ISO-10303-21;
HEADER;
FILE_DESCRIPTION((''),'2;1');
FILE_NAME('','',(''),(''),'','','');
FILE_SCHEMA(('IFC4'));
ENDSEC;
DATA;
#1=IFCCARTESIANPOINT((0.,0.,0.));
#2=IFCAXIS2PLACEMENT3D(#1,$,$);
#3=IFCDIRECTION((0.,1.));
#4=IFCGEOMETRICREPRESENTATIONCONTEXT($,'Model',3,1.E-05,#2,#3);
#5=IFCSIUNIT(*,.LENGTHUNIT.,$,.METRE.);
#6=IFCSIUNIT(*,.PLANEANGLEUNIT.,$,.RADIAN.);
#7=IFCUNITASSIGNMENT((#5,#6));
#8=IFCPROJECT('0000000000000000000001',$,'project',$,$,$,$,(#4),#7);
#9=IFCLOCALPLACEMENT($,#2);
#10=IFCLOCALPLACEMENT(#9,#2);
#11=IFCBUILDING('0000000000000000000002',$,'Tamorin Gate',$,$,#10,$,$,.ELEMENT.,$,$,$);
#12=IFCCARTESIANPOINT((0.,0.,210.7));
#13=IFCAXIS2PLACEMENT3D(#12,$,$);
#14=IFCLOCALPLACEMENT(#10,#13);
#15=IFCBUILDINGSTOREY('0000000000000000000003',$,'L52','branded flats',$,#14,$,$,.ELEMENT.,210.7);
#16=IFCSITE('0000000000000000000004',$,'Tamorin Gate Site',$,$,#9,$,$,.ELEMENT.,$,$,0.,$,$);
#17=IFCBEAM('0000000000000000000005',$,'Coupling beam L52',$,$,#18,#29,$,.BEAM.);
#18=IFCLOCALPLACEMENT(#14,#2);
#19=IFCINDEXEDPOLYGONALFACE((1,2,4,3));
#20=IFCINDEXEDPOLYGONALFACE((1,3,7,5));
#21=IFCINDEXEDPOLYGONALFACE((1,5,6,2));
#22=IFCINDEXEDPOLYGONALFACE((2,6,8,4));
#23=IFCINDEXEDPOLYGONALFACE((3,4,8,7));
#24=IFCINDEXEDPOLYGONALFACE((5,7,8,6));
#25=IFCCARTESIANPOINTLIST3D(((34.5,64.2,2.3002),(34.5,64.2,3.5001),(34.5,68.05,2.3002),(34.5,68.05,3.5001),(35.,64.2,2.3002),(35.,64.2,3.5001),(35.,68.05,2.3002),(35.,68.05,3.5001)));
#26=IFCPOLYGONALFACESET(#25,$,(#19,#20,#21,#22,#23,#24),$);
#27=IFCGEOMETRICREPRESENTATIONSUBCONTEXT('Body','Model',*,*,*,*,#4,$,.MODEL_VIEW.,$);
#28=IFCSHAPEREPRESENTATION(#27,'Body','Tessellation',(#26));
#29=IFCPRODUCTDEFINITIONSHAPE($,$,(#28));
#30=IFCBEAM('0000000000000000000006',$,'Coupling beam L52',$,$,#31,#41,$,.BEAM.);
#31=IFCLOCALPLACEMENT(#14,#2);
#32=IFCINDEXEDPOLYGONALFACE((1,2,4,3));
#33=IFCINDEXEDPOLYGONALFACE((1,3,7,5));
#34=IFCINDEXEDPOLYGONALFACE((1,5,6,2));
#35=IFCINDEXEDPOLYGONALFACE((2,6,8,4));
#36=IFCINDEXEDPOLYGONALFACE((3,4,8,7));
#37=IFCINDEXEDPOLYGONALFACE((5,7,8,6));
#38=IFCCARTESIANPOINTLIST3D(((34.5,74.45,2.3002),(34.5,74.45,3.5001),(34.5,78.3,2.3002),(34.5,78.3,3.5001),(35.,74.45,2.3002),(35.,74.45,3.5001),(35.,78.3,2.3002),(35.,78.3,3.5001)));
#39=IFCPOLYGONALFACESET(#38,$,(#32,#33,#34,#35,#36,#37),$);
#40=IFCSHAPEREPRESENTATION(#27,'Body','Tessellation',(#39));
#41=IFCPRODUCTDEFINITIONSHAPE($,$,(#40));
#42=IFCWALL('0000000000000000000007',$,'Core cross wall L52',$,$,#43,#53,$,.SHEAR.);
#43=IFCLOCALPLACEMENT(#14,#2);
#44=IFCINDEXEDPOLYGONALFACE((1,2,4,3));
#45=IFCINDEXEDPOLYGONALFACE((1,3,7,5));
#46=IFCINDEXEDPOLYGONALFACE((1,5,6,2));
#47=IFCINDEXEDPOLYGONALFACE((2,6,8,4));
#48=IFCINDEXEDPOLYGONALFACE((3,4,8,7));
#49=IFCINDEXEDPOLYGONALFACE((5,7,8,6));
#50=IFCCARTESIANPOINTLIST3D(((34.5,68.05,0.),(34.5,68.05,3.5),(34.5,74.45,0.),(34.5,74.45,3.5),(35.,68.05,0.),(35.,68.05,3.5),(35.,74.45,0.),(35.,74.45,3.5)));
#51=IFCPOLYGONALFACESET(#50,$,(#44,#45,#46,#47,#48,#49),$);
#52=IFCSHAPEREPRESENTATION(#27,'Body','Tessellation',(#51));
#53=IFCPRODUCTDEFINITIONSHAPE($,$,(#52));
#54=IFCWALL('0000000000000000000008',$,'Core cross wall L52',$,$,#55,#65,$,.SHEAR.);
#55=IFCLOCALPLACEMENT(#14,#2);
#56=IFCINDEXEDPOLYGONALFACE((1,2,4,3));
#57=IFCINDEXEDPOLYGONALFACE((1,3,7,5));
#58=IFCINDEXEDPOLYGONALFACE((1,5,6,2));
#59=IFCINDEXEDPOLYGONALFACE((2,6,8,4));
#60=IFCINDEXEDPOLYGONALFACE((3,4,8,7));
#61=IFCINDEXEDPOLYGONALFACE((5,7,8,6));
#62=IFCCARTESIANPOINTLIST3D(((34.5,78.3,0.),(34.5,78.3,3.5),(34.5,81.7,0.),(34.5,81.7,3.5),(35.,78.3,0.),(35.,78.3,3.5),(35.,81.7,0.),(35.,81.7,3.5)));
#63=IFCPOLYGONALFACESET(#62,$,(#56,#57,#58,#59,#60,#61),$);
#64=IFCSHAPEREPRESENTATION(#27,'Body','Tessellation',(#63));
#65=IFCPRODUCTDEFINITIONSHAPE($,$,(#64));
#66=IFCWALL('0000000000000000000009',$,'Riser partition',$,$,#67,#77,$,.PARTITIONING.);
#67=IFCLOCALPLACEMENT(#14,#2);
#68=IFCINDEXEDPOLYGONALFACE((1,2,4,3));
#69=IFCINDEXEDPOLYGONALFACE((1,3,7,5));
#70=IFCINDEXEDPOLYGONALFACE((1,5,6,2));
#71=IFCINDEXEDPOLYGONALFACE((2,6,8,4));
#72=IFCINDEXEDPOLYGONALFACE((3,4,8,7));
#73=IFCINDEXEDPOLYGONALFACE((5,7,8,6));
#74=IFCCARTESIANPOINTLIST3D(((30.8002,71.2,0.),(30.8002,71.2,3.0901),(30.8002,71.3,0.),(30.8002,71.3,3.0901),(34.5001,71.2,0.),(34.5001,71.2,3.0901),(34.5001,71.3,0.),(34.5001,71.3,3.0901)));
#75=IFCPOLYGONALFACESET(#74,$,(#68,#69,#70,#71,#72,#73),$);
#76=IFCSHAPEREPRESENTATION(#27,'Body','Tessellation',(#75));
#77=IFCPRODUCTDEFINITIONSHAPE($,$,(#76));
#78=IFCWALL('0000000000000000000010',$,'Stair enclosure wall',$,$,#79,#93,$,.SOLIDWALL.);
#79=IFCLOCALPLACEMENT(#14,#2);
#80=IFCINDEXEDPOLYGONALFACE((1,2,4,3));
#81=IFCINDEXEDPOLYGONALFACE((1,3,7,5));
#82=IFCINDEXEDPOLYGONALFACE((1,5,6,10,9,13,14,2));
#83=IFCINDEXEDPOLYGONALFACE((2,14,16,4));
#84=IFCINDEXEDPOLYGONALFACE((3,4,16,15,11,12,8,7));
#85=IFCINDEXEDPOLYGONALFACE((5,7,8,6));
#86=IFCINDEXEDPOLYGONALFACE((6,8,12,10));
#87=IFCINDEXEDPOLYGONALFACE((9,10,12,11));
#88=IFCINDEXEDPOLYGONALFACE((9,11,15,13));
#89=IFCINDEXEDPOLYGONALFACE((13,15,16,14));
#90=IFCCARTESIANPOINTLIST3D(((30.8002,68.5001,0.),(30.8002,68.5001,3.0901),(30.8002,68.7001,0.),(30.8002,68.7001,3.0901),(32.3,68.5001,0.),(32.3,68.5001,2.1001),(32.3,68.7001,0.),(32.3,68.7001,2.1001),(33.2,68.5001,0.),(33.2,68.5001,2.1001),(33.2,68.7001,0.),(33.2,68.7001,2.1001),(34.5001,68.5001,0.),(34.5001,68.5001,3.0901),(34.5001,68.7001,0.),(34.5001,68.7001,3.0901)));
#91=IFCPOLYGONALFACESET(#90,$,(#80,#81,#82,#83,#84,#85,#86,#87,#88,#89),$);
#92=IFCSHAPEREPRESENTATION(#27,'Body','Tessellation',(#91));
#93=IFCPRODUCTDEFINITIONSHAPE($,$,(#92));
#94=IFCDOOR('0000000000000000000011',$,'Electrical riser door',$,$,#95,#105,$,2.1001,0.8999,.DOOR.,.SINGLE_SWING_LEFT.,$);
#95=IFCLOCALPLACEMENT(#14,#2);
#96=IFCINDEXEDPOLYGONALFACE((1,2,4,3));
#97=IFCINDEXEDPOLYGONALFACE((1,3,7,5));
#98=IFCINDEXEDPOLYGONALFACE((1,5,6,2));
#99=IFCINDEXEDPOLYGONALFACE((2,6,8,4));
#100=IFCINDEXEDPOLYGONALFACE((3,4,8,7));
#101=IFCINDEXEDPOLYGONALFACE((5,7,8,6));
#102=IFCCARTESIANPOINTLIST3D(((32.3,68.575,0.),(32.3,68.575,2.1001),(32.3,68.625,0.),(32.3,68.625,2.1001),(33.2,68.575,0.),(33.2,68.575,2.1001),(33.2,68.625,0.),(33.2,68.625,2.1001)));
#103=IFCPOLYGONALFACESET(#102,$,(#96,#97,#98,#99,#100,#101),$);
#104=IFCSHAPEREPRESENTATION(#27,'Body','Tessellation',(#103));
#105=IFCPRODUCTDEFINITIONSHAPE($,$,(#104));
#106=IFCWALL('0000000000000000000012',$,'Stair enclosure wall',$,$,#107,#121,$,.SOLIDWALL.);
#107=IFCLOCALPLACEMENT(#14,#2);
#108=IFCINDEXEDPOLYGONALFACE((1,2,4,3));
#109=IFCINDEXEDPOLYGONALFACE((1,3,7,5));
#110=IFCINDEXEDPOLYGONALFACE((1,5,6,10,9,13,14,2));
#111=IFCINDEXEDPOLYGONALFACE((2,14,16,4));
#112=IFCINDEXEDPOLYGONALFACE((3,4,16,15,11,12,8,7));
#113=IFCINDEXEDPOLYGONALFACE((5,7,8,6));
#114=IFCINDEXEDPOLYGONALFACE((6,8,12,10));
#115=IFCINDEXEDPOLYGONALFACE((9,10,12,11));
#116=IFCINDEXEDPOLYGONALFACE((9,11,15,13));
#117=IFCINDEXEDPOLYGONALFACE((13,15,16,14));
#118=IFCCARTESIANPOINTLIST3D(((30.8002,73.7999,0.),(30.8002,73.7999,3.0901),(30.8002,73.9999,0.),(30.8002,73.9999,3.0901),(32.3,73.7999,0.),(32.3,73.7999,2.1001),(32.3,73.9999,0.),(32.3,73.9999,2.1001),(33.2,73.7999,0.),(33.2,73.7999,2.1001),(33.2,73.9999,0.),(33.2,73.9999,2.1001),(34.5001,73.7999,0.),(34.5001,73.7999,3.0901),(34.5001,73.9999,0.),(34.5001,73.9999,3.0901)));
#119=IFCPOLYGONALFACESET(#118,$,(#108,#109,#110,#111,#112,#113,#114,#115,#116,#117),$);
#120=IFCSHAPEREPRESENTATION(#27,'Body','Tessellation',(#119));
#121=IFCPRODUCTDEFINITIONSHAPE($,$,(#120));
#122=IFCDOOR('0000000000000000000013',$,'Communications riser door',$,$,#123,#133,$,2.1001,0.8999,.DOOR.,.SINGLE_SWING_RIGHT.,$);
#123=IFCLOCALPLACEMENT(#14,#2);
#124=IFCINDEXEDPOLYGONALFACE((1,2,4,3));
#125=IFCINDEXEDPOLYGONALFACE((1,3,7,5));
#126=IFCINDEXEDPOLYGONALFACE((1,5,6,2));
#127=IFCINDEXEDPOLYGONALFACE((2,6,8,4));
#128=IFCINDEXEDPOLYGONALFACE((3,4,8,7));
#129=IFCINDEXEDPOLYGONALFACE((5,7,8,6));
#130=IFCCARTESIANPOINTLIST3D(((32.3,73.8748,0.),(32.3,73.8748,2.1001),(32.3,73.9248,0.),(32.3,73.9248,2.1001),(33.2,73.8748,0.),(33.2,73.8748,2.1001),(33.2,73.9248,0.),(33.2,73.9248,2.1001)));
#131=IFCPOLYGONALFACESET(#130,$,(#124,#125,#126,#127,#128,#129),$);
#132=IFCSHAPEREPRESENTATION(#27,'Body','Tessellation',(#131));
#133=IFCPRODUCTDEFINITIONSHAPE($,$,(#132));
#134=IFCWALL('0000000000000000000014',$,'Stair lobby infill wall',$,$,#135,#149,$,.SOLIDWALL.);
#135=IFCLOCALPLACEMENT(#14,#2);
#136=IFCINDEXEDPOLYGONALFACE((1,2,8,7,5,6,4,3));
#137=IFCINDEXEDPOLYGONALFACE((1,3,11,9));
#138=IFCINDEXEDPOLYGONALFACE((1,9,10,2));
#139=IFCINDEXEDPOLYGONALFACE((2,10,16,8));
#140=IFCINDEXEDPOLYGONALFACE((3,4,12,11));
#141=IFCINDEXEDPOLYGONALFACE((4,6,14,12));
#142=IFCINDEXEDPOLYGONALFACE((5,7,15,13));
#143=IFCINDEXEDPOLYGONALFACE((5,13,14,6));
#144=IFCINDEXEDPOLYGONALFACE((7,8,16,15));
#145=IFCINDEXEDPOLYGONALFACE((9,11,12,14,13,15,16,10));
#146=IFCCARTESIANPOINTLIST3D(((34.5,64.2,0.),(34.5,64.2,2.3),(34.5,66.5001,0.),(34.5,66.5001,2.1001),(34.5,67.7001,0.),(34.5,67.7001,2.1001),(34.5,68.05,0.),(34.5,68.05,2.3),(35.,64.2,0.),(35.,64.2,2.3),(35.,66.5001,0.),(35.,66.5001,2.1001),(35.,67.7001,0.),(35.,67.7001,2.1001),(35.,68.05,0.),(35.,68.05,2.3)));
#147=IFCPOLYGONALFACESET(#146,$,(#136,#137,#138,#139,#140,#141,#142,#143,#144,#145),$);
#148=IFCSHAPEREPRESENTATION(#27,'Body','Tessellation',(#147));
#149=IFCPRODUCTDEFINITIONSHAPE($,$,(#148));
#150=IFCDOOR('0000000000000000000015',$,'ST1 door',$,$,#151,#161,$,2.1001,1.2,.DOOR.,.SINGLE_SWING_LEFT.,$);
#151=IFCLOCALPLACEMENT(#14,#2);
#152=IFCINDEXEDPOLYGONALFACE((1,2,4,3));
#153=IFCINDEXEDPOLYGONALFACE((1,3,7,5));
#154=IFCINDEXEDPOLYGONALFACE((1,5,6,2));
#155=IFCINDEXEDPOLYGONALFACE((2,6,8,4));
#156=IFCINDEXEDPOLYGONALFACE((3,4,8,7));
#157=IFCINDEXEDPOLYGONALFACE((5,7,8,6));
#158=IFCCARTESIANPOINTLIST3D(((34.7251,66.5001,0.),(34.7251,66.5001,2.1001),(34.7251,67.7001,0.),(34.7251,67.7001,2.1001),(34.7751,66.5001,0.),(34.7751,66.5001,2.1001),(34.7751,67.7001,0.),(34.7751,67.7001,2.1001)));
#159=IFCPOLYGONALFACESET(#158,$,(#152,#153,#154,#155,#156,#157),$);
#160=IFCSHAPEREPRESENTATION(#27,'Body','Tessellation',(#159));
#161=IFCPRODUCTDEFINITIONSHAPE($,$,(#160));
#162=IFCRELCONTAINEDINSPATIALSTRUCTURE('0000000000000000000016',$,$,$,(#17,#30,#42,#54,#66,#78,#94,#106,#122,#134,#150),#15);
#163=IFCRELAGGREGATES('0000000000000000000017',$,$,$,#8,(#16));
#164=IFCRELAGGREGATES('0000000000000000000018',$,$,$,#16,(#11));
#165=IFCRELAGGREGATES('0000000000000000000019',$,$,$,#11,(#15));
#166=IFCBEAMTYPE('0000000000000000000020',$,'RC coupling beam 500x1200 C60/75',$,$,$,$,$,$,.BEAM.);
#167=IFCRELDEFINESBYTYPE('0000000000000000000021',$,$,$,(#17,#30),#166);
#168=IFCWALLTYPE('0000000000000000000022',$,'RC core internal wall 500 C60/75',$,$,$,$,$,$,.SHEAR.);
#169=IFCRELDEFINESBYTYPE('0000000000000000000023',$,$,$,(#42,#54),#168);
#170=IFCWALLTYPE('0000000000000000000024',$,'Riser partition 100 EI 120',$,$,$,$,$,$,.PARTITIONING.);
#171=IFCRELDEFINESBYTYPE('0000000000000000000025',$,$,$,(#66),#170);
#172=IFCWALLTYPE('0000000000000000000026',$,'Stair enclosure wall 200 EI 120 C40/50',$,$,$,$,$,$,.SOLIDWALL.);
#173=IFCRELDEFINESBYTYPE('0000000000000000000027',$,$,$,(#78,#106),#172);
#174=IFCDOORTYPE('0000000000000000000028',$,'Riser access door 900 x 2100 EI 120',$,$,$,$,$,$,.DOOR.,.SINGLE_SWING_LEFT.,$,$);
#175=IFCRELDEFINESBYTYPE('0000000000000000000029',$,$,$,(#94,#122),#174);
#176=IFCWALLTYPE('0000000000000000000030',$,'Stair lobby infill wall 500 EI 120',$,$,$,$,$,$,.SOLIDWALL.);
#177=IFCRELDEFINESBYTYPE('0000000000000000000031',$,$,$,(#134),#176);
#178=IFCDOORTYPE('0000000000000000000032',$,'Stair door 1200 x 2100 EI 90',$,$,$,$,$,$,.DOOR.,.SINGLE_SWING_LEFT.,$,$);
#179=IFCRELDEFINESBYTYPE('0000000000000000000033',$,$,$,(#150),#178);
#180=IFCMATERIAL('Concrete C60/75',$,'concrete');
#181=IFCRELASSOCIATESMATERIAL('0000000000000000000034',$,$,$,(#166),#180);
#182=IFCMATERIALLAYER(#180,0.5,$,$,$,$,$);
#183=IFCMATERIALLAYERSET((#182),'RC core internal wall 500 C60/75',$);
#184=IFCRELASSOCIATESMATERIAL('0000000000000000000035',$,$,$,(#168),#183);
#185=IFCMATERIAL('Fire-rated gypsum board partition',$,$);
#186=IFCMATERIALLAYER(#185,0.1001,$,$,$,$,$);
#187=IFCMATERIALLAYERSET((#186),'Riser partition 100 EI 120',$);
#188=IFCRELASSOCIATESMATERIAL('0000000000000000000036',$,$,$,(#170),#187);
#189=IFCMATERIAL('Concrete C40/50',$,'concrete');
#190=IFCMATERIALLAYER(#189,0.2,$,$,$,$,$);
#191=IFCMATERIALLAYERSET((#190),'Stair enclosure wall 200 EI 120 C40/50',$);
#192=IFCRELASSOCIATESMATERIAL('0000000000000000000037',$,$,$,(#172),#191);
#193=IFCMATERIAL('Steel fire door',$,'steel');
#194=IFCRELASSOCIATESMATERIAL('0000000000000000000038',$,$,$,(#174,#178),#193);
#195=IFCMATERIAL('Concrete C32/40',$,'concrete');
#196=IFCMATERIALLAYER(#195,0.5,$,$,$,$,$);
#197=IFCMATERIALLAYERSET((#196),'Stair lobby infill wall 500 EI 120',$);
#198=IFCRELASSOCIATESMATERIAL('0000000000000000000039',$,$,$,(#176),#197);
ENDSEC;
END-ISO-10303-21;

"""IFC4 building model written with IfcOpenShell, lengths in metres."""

from ifc_helpers import new_model, si_unit, direction, frame, frame_2d, origin, origin_2d, place, context, subcontext, project, spatial, rectangle, extrude, material, layer, layer_set, material_profile, profile_set, type_object, element, fill, save


model = new_model("IFC4")

# Units and contexts
model_context = context("Model", 3, precision=1e-05, world=origin(), true_north=direction((0.0, 1.0)))
body_context = subcontext(model_context, "Body", "Model", "MODEL_VIEW")
ifc_project = project(units=[si_unit("LENGTHUNIT", "METRE"), si_unit("PLANEANGLEUNIT", "RADIAN")], contexts=[model_context])

# Site, building, storey
site_placement = place(None, origin())
site = spatial("IfcSite", under=ifc_project, at=site_placement, Name="Tamorin Gate Site", CompositionType="ELEMENT", RefElevation=0.0)
building_placement = place(site_placement, origin())
building = spatial("IfcBuilding", under=site, at=building_placement, Name="Tamorin Gate", CompositionType="ELEMENT")
storey_placement = place(building_placement, frame((0.0, 0.0, 210.7)))
storey = spatial("IfcBuildingStorey", under=building, at=storey_placement, Name="L52", Description="branded flats", CompositionType="ELEMENT", Elevation=210.7)

# Beams
ifc_material_1 = material(Name="Concrete C60/75", Category="concrete")
ifc_material_profile = material_profile(ifc_material_1, rectangle(XDim=0.5, YDim=1.2, at=origin_2d()), Name="RC 500x1200")
ifc_profile_set = profile_set([ifc_material_profile], Name="Concrete C60/75")
beam_type = type_object("IfcBeamType", Name="RC coupling beam 500x1200 C60/75", PredefinedType="BEAM", material=ifc_profile_set)
for number, where, z_axis, x_axis, name in (
    (1, (34.75, 64.2, 2.9001), (0.0, 1.0, 0.0), (-1.0, 0.0, 0.0), "Coupling beam L52"),
    (2, (34.75, 74.45, 2.9001), (0.0, 1.0, 0.0), (-1.0, 0.0, 0.0), "Coupling beam L52"),
):
    element("IfcBeam", number, at=place(storey_placement, frame(where, z_axis=z_axis, x_axis=x_axis)), inside=storey, type_object=beam_type, Name=name, PredefinedType="BEAM", context=body_context, shape_type="SweptSolid", body=[
        extrude(rectangle(XDim=0.5, YDim=1.2, at=origin_2d()), origin(), (0.0, 0.0, 1.0), 3.8501),
    ])

# Walls
ifc_layer_1 = layer(ifc_material_1, 0.5)
ifc_layer_set_1 = layer_set([ifc_layer_1], Name="RC core internal wall 500 C60/75")
wall_type_1 = type_object("IfcWallType", Name="RC core internal wall 500 C60/75", PredefinedType="SHEAR", material=ifc_layer_set_1)
wall_1_placement = place(storey_placement, frame((34.75, 68.05, 0.0), z_axis=(0.0, 0.0, 1.0), x_axis=(0.0, 1.0, 0.0)))
element("IfcWall", 3, at=wall_1_placement, inside=storey, type_object=wall_type_1, Name="Core cross wall L52", PredefinedType="SHEAR", context=body_context, shape_type="SweptSolid", body=[
    extrude(rectangle(XDim=6.3999, YDim=0.5, at=frame_2d((3.2, 0.0))), origin(), (0.0, 0.0, 1.0), 3.5),
])
wall_2_placement = place(storey_placement, frame((34.75, 78.3, 0.0), z_axis=(0.0, 0.0, 1.0), x_axis=(0.0, 1.0, 0.0)))
element("IfcWall", 4, at=wall_2_placement, inside=storey, type_object=wall_type_1, Name="Core cross wall L52", PredefinedType="SHEAR", context=body_context, shape_type="SweptSolid", body=[
    extrude(rectangle(XDim=3.3999, YDim=0.5, at=frame_2d((1.7, 0.0))), origin(), (0.0, 0.0, 1.0), 3.5),
])
ifc_material_2 = material(Name="Fire-rated gypsum board partition")
ifc_layer_2 = layer(ifc_material_2, 0.1001)
ifc_layer_set_2 = layer_set([ifc_layer_2], Name="Riser partition 100 EI 120")
wall_type_2 = type_object("IfcWallType", Name="Riser partition 100 EI 120", PredefinedType="PARTITIONING", material=ifc_layer_set_2)
wall_3_placement = place(storey_placement, frame((30.8, 71.25, 0.0), z_axis=(0.0, 0.0, 1.0), x_axis=(1.0, 0.0, 0.0)))
element("IfcWall", 5, at=wall_3_placement, inside=storey, type_object=wall_type_2, Name="Riser partition", PredefinedType="PARTITIONING", context=body_context, shape_type="SweptSolid", body=[
    extrude(rectangle(XDim=3.7, YDim=0.1001, at=frame_2d((1.8501, 0.0))), origin(), (0.0, 0.0, 1.0), 3.0901),
])

# Walls, openings, doors
ifc_material_3 = material(Name="Concrete C40/50", Category="concrete")
ifc_layer_3 = layer(ifc_material_3, 0.2)
ifc_layer_set_3 = layer_set([ifc_layer_3], Name="Stair enclosure wall 200 EI 120 C40/50")
wall_type_3 = type_object("IfcWallType", Name="Stair enclosure wall 200 EI 120 C40/50", PredefinedType="SOLIDWALL", material=ifc_layer_set_3)
wall_4_placement = place(storey_placement, frame((30.8, 68.6001, 0.0), z_axis=(0.0, 0.0, 1.0), x_axis=(1.0, 0.0, 0.0)))
wall_4 = element("IfcWall", 6, at=wall_4_placement, inside=storey, type_object=wall_type_3, Name="Stair enclosure wall", PredefinedType="SOLIDWALL", context=body_context, shape_type="SweptSolid", body=[
    extrude(rectangle(XDim=3.7, YDim=0.2, at=frame_2d((1.8501, 0.0))), origin(), (0.0, 0.0, 1.0), 3.0901),
])
opening_1_placement = place(wall_4_placement, frame((1.5, 0.0, 0.0)))
opening_1 = element("IfcOpeningElement", 7, at=opening_1_placement, cuts=wall_4, PredefinedType="OPENING", context=body_context, shape_type="SweptSolid", body=[
    extrude(rectangle(XDim=0.8999, YDim=2.1001, at=frame_2d((0.45, 1.05))), frame((0.0, 0.1099, 0.0), z_axis=(0.0, -1.0, 0.0), x_axis=(1.0, 0.0, 0.0)), (0.0, 0.0, 1.0), 0.22),
])
ifc_material_4 = material(Name="Steel fire door", Category="steel")
door_type_1 = type_object("IfcDoorType", Name="Riser access door 900 x 2100 EI 120", OperationType="SINGLE_SWING_LEFT", PredefinedType="DOOR", material=ifc_material_4)
door_1_placement = place(opening_1_placement, origin())
door_1 = element("IfcDoor", 8, at=door_1_placement, inside=storey, type_object=door_type_1, Name="Electrical riser door", OperationType="SINGLE_SWING_LEFT", OverallHeight=2.1001, OverallWidth=0.8999, PredefinedType="DOOR", context=body_context, shape_type="SweptSolid", body=[
    extrude(rectangle(XDim=0.8999, YDim=2.1001, at=frame_2d((0.45, 1.05))), frame((0.0, 0.0249, 0.0), z_axis=(0.0, -1.0, 0.0), x_axis=(1.0, 0.0, 0.0)), (0.0, 0.0, 1.0), 0.05),
])
fill(opening_1, door_1)
wall_5_placement = place(storey_placement, frame((30.8, 73.8999, 0.0), z_axis=(0.0, 0.0, 1.0), x_axis=(1.0, 0.0, 0.0)))
wall_5 = element("IfcWall", 9, at=wall_5_placement, inside=storey, type_object=wall_type_3, Name="Stair enclosure wall", PredefinedType="SOLIDWALL", context=body_context, shape_type="SweptSolid", body=[
    extrude(rectangle(XDim=3.7, YDim=0.2, at=frame_2d((1.8501, 0.0))), origin(), (0.0, 0.0, 1.0), 3.0901),
])
opening_2_placement = place(wall_5_placement, frame((1.5, 0.0, 0.0)))
opening_2 = element("IfcOpeningElement", 10, at=opening_2_placement, cuts=wall_5, PredefinedType="OPENING", context=body_context, shape_type="SweptSolid", body=[
    extrude(rectangle(XDim=0.8999, YDim=2.1001, at=frame_2d((0.45, 1.05))), frame((0.0, 0.1099, 0.0), z_axis=(0.0, -1.0, 0.0), x_axis=(1.0, 0.0, 0.0)), (0.0, 0.0, 1.0), 0.22),
])
door_2_placement = place(opening_2_placement, origin())
door_2 = element("IfcDoor", 11, at=door_2_placement, inside=storey, type_object=door_type_1, Name="Communications riser door", OperationType="SINGLE_SWING_RIGHT", OverallHeight=2.1001, OverallWidth=0.8999, PredefinedType="DOOR", context=body_context, shape_type="SweptSolid", body=[
    extrude(rectangle(XDim=0.8999, YDim=2.1001, at=frame_2d((0.45, 1.05))), frame((0.0, 0.0249, 0.0), z_axis=(0.0, -1.0, 0.0), x_axis=(1.0, 0.0, 0.0)), (0.0, 0.0, 1.0), 0.05),
])
fill(opening_2, door_2)
ifc_material_5 = material(Name="Concrete C32/40", Category="concrete")
ifc_layer_4 = layer(ifc_material_5, 0.5)
ifc_layer_set_4 = layer_set([ifc_layer_4], Name="Stair lobby infill wall 500 EI 120")
wall_type_4 = type_object("IfcWallType", Name="Stair lobby infill wall 500 EI 120", PredefinedType="SOLIDWALL", material=ifc_layer_set_4)
wall_6_placement = place(storey_placement, frame((34.75, 64.2, 0.0), z_axis=(0.0, 0.0, 1.0), x_axis=(0.0, 1.0, 0.0)))
wall_6 = element("IfcWall", 12, at=wall_6_placement, inside=storey, type_object=wall_type_4, Name="Stair lobby infill wall", PredefinedType="SOLIDWALL", context=body_context, shape_type="SweptSolid", body=[
    extrude(rectangle(XDim=3.8501, YDim=0.5, at=frame_2d((1.925, 0.0))), origin(), (0.0, 0.0, 1.0), 2.3),
])
opening_3_placement = place(wall_6_placement, frame((2.3, 0.0, 0.0)))
opening_3 = element("IfcOpeningElement", 13, at=opening_3_placement, cuts=wall_6, PredefinedType="OPENING", context=body_context, shape_type="SweptSolid", body=[
    extrude(rectangle(XDim=1.2, YDim=2.1001, at=frame_2d((0.6001, 1.05))), frame((0.0, 0.26, 0.0), z_axis=(0.0, -1.0, 0.0), x_axis=(1.0, 0.0, 0.0)), (0.0, 0.0, 1.0), 0.52),
])
door_type_2 = type_object("IfcDoorType", Name="Stair door 1200 x 2100 EI 90", OperationType="SINGLE_SWING_LEFT", PredefinedType="DOOR", material=ifc_material_4)
door_3_placement = place(opening_3_placement, origin())
door_3 = element("IfcDoor", 14, at=door_3_placement, inside=storey, type_object=door_type_2, Name="ST1 door", OperationType="SINGLE_SWING_LEFT", OverallHeight=2.1001, OverallWidth=1.2, PredefinedType="DOOR", context=body_context, shape_type="SweptSolid", body=[
    extrude(rectangle(XDim=1.2, YDim=2.1001, at=frame_2d((0.6001, 1.05))), frame((0.0, 0.0249, 0.0), z_axis=(0.0, -1.0, 0.0), x_axis=(1.0, 0.0, 0.0)), (0.0, 0.0, 1.0), 0.05),
])
fill(opening_3, door_3)

save(model, "model.ifc")
